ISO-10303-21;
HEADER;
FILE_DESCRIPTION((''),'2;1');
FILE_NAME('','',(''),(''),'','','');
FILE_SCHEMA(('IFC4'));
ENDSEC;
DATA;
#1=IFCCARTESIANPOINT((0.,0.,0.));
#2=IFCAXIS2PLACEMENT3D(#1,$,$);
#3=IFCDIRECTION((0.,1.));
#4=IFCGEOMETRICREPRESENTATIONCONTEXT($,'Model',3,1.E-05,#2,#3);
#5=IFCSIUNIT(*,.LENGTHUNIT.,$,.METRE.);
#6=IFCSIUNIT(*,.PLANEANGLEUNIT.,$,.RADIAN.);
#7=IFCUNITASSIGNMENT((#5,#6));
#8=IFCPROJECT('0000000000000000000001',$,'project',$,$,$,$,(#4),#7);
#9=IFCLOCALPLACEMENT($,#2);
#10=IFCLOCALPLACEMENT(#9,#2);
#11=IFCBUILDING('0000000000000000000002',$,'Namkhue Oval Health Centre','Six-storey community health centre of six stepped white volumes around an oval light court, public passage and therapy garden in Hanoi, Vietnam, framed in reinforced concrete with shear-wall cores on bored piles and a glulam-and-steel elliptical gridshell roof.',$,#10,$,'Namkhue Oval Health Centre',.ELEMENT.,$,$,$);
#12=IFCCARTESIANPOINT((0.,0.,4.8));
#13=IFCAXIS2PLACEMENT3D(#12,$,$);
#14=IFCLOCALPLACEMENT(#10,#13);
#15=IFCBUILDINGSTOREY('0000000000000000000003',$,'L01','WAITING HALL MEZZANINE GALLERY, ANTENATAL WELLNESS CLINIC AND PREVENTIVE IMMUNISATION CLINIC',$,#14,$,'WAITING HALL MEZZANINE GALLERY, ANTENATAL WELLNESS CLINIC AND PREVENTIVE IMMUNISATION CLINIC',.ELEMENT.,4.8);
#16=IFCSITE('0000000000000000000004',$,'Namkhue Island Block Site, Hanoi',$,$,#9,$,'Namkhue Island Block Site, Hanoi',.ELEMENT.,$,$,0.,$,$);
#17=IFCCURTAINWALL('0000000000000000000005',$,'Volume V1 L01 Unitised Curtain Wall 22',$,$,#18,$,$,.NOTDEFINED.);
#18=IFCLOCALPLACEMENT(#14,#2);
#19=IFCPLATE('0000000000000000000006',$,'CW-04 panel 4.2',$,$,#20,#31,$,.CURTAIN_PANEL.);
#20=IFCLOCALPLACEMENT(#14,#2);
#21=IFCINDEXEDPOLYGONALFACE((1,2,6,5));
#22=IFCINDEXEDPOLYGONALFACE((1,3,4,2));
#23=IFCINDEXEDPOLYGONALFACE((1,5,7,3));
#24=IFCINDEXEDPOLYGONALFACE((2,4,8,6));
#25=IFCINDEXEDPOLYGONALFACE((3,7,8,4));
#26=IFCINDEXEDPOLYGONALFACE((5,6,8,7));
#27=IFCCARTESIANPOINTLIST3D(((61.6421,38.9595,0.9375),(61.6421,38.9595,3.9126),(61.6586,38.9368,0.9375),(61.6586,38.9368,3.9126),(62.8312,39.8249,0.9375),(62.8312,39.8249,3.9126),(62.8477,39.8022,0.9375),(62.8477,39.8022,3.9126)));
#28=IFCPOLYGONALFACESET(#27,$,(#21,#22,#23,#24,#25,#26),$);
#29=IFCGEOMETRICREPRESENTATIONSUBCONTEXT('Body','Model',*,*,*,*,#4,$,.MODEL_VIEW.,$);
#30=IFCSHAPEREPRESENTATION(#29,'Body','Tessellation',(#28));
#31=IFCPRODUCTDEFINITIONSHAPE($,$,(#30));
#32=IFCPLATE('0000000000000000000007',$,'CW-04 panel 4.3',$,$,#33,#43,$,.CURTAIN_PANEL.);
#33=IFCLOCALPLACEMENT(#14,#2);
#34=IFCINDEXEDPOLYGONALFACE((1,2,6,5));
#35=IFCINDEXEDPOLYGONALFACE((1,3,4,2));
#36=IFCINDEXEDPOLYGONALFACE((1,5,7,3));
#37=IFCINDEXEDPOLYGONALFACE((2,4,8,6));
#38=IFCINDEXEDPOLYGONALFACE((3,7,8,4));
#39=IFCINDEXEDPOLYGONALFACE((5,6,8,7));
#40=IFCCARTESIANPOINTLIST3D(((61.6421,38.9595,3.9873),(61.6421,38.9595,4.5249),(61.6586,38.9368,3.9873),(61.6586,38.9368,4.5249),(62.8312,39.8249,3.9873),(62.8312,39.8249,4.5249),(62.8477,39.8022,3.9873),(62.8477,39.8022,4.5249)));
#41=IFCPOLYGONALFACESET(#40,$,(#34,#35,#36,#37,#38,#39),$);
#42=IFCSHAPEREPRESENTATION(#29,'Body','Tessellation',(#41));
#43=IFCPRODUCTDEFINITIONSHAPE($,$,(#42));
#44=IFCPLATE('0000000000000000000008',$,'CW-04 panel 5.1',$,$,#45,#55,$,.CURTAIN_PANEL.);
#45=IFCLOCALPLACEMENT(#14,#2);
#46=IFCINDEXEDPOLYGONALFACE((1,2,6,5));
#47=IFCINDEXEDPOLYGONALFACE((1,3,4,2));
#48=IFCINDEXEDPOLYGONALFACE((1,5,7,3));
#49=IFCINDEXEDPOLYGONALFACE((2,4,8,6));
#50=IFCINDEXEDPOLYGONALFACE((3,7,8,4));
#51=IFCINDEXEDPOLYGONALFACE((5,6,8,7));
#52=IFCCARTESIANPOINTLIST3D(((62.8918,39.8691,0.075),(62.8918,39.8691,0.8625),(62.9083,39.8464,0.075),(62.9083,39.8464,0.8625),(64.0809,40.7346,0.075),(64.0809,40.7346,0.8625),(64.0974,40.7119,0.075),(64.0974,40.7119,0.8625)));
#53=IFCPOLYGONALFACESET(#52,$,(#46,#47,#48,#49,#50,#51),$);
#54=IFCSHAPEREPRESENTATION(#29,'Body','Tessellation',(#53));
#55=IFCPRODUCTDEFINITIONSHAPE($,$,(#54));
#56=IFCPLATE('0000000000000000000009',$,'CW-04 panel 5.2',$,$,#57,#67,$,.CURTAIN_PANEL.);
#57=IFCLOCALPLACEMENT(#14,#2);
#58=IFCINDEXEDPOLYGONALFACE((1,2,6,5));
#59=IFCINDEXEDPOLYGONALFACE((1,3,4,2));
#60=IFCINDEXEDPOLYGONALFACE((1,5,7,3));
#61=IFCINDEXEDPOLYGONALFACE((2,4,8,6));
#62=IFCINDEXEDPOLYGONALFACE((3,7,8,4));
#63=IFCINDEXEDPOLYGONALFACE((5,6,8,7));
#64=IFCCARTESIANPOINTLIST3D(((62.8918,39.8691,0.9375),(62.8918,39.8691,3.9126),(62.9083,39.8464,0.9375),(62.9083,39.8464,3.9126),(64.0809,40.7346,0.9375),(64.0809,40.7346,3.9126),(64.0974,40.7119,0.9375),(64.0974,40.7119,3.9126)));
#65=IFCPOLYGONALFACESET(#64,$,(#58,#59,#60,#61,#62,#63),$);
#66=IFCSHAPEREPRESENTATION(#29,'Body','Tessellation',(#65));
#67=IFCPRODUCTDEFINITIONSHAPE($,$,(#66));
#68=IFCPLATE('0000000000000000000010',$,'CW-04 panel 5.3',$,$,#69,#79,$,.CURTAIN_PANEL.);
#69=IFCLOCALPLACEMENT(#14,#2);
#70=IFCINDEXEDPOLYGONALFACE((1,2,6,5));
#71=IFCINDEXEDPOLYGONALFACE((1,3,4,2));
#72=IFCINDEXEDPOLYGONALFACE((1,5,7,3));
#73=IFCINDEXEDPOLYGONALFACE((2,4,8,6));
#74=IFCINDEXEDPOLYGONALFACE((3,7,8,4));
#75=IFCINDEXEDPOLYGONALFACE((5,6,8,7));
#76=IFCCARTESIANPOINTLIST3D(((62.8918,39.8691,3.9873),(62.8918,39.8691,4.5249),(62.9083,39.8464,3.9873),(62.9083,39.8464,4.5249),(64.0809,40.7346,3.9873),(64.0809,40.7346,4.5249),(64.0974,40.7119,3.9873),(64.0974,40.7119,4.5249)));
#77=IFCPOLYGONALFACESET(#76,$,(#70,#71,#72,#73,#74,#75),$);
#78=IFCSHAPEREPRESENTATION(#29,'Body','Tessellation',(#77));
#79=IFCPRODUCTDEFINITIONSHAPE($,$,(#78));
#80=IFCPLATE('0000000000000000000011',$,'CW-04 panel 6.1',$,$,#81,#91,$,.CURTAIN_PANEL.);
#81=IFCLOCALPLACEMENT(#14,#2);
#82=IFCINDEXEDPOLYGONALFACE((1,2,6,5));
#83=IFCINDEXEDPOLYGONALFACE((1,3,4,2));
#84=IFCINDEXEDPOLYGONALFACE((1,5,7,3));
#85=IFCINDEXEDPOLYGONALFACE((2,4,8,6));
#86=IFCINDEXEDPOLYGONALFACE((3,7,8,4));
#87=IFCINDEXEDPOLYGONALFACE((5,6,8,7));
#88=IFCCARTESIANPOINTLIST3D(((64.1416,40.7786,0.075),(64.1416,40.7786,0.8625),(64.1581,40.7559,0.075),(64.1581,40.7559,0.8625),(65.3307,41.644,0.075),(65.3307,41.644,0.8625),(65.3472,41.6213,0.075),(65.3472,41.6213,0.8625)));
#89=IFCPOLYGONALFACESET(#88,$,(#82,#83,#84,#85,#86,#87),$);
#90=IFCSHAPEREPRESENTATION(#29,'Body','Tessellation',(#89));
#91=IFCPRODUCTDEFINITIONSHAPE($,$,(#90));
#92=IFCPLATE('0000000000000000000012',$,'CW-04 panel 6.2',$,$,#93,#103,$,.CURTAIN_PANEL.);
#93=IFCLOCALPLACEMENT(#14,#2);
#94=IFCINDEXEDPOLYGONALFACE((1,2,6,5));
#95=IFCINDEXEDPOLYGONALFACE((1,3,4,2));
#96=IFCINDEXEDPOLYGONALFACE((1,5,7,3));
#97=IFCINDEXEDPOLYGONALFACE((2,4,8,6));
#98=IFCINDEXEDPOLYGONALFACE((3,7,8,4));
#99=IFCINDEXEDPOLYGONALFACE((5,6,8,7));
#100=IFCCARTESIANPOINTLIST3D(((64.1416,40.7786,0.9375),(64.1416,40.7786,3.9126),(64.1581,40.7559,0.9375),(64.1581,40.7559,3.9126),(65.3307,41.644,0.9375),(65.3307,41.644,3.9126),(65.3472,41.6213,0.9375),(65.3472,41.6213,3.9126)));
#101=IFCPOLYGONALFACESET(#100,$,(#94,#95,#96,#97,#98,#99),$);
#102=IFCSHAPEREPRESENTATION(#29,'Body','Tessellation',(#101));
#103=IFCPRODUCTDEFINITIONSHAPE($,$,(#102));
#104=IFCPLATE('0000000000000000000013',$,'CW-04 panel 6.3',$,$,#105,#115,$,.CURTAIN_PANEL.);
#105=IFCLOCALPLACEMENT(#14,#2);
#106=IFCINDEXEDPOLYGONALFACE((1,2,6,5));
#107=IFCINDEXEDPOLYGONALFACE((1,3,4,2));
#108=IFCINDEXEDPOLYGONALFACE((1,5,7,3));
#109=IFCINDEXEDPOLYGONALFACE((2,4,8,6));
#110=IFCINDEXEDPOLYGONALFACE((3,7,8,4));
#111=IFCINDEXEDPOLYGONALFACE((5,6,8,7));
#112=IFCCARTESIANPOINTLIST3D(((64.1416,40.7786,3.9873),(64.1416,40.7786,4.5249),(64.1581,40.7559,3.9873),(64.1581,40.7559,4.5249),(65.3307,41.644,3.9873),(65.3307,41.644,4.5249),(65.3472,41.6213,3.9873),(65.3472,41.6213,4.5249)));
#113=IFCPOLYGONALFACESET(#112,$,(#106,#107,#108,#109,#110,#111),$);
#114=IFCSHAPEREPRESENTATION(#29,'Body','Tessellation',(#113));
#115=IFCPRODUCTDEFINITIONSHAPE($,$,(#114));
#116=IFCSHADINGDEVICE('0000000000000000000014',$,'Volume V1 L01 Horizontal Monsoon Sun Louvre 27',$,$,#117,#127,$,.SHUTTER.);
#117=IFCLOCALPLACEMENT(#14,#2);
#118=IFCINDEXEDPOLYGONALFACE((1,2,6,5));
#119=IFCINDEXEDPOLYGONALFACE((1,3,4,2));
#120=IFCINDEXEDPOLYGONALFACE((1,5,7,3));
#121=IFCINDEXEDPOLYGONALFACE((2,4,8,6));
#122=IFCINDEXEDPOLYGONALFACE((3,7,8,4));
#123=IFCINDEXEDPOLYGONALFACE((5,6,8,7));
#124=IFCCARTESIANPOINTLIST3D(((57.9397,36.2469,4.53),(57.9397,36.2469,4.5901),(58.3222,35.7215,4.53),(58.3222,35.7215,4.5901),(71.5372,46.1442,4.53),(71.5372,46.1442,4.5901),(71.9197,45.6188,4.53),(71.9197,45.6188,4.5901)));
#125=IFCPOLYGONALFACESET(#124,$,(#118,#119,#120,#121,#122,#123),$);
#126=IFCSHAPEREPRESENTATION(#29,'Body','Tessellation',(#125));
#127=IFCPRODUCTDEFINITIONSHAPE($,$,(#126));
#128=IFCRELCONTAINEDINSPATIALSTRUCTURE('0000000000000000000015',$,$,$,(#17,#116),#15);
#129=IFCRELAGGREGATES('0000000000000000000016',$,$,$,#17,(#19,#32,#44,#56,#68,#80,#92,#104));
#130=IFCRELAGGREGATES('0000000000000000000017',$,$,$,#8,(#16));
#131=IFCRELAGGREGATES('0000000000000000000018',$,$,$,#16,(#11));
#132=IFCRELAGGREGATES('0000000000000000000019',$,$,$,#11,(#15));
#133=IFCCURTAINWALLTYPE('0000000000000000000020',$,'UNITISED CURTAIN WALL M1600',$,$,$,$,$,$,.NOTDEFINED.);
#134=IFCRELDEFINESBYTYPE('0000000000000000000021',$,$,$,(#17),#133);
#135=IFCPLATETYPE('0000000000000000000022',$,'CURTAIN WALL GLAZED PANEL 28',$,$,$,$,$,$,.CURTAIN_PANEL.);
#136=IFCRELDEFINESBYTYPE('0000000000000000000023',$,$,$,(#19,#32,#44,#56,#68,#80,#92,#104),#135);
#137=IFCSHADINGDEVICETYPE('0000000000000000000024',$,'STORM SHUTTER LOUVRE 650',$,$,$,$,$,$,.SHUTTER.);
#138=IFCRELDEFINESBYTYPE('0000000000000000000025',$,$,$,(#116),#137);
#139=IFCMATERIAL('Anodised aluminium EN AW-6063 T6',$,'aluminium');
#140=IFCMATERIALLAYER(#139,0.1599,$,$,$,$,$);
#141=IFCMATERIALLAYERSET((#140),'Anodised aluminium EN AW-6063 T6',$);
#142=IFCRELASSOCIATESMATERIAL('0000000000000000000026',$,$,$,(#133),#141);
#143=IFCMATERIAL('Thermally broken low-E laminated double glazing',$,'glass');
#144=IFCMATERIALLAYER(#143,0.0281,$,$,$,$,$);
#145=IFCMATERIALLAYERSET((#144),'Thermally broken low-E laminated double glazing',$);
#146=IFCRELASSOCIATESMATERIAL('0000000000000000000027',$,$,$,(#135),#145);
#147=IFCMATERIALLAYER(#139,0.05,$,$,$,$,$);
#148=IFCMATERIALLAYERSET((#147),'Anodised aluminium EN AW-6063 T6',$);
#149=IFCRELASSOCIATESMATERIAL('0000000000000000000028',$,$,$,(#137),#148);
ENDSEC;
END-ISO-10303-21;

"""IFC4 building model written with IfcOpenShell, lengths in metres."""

from ifc_helpers import new_model, si_unit, direction, frame, origin, origin_2d, place, context, subcontext, project, spatial, rectangle, extrude, material, layer, layer_set, type_object, element, aggregate, save


model = new_model("IFC4")

# Units and contexts
model_context = context("Model", 3, precision=1e-05, world=origin(), true_north=direction((0.0, 1.0)))
body_context = subcontext(model_context, "Body", "Model", "MODEL_VIEW")
ifc_project = project(units=[si_unit("LENGTHUNIT", "METRE"), si_unit("PLANEANGLEUNIT", "RADIAN")], contexts=[model_context])

# Site, building, storey
site_placement = place(None, origin())
site = spatial("IfcSite", under=ifc_project, at=site_placement, Name="Namkhue Island Block Site, Hanoi", LongName="Namkhue Island Block Site, Hanoi", CompositionType="ELEMENT", RefElevation=0.0)
building_placement = place(site_placement, origin())
building = spatial("IfcBuilding", under=site, at=building_placement, Name="Namkhue Oval Health Centre", Description="Six-storey community health centre of six stepped white volumes around an oval light court, public passage and therapy garden in Hanoi, Vietnam, framed in reinforced concrete with shear-wall cores on bored piles and a glulam-and-steel elliptical gridshell roof.", LongName="Namkhue Oval Health Centre", CompositionType="ELEMENT")
storey_placement = place(building_placement, frame((0.0, 0.0, 4.8)))
storey = spatial("IfcBuildingStorey", under=building, at=storey_placement, Name="L01", Description="WAITING HALL MEZZANINE GALLERY, ANTENATAL WELLNESS CLINIC AND PREVENTIVE IMMUNISATION CLINIC", LongName="WAITING HALL MEZZANINE GALLERY, ANTENATAL WELLNESS CLINIC AND PREVENTIVE IMMUNISATION CLINIC", CompositionType="ELEMENT", Elevation=4.8)

# Curtain wall, plates
ifc_material_1 = material(Name="Anodised aluminium EN AW-6063 T6", Category="aluminium")
ifc_layer_1 = layer(ifc_material_1, 0.1599)
ifc_layer_set_1 = layer_set([ifc_layer_1], Name="Anodised aluminium EN AW-6063 T6")
curtain_wall_type = type_object("IfcCurtainWallType", Name="UNITISED CURTAIN WALL M1600", PredefinedType="NOTDEFINED", material=ifc_layer_set_1)
curtain_wall_placement = place(storey_placement, origin())
curtain_wall = element("IfcCurtainWall", 1, at=curtain_wall_placement, inside=storey, type_object=curtain_wall_type, Name="Volume V1 L01 Unitised Curtain Wall 22", PredefinedType="NOTDEFINED")
ifc_material_2 = material(Name="Thermally broken low-E laminated double glazing", Category="glass")
ifc_layer_2 = layer(ifc_material_2, 0.0281)
ifc_layer_set_2 = layer_set([ifc_layer_2], Name="Thermally broken low-E laminated double glazing")
plate_type = type_object("IfcPlateType", Name="CURTAIN WALL GLAZED PANEL 28", PredefinedType="CURTAIN_PANEL", material=ifc_layer_set_2)
plate_1_placement = place(storey_placement, frame((62.2449, 39.3809, 0.9375), z_axis=(0.0, 0.0, 1.0), x_axis=(0.808514, 0.588477, 0.0)))
plate_1 = element("IfcPlate", 2, at=plate_1_placement, type_object=plate_type, Name="CW-04 panel 4.2", PredefinedType="CURTAIN_PANEL", context=body_context, shape_type="SweptSolid", body=[
    extrude(rectangle(XDim=1.4707, YDim=0.0281, at=origin_2d()), origin(), (0.0, 0.0, 1.0), 2.9751),
])
plate_2_placement = place(storey_placement, frame((62.2449, 39.3809, 3.9873), z_axis=(0.0, 0.0, 1.0), x_axis=(0.808514, 0.588477, 0.0)))
plate_2 = element("IfcPlate", 3, at=plate_2_placement, type_object=plate_type, Name="CW-04 panel 4.3", PredefinedType="CURTAIN_PANEL", context=body_context, shape_type="SweptSolid", body=[
    extrude(rectangle(XDim=1.4707, YDim=0.0281, at=origin_2d()), origin(), (0.0, 0.0, 1.0), 0.5376),
])
plate_3_placement = place(storey_placement, frame((63.4946, 40.2905, 0.075), z_axis=(0.0, 0.0, 1.0), x_axis=(0.808514, 0.588477, 0.0)))
plate_3 = element("IfcPlate", 4, at=plate_3_placement, type_object=plate_type, Name="CW-04 panel 5.1", PredefinedType="CURTAIN_PANEL", context=body_context, shape_type="SweptSolid", body=[
    extrude(rectangle(XDim=1.4707, YDim=0.0281, at=origin_2d()), origin(), (0.0, 0.0, 1.0), 0.7876),
])
plate_4_placement = place(storey_placement, frame((63.4946, 40.2905, 0.9375), z_axis=(0.0, 0.0, 1.0), x_axis=(0.808514, 0.588477, 0.0)))
plate_4 = element("IfcPlate", 5, at=plate_4_placement, type_object=plate_type, Name="CW-04 panel 5.2", PredefinedType="CURTAIN_PANEL", context=body_context, shape_type="SweptSolid", body=[
    extrude(rectangle(XDim=1.4707, YDim=0.0281, at=origin_2d()), origin(), (0.0, 0.0, 1.0), 2.9751),
])
plate_5_placement = place(storey_placement, frame((63.4946, 40.2905, 3.9873), z_axis=(0.0, 0.0, 1.0), x_axis=(0.808514, 0.588477, 0.0)))
plate_5 = element("IfcPlate", 6, at=plate_5_placement, type_object=plate_type, Name="CW-04 panel 5.3", PredefinedType="CURTAIN_PANEL", context=body_context, shape_type="SweptSolid", body=[
    extrude(rectangle(XDim=1.4707, YDim=0.0281, at=origin_2d()), origin(), (0.0, 0.0, 1.0), 0.5376),
])
plate_6_placement = place(storey_placement, frame((64.7444, 41.2, 0.075), z_axis=(0.0, 0.0, 1.0), x_axis=(0.808514, 0.588477, 0.0)))
plate_6 = element("IfcPlate", 7, at=plate_6_placement, type_object=plate_type, Name="CW-04 panel 6.1", PredefinedType="CURTAIN_PANEL", context=body_context, shape_type="SweptSolid", body=[
    extrude(rectangle(XDim=1.4707, YDim=0.0281, at=origin_2d()), origin(), (0.0, 0.0, 1.0), 0.7876),
])
plate_7_placement = place(storey_placement, frame((64.7444, 41.2, 0.9375), z_axis=(0.0, 0.0, 1.0), x_axis=(0.808514, 0.588477, 0.0)))
plate_7 = element("IfcPlate", 8, at=plate_7_placement, type_object=plate_type, Name="CW-04 panel 6.2", PredefinedType="CURTAIN_PANEL", context=body_context, shape_type="SweptSolid", body=[
    extrude(rectangle(XDim=1.4707, YDim=0.0281, at=origin_2d()), origin(), (0.0, 0.0, 1.0), 2.9751),
])
plate_8_placement = place(storey_placement, frame((64.7444, 41.2, 3.9873), z_axis=(0.0, 0.0, 1.0), x_axis=(0.808514, 0.588477, 0.0)))
plate_8 = element("IfcPlate", 9, at=plate_8_placement, type_object=plate_type, Name="CW-04 panel 6.3", PredefinedType="CURTAIN_PANEL", context=body_context, shape_type="SweptSolid", body=[
    extrude(rectangle(XDim=1.4707, YDim=0.0281, at=origin_2d()), origin(), (0.0, 0.0, 1.0), 0.5376),
])
aggregate(curtain_wall, [plate_1, plate_2, plate_3, plate_4, plate_5, plate_6, plate_7, plate_8])

# Shading device
ifc_layer_3 = layer(ifc_material_1, 0.05)
ifc_layer_set_3 = layer_set([ifc_layer_3], Name="Anodised aluminium EN AW-6063 T6")
shading_device_type = type_object("IfcShadingDeviceType", Name="STORM SHUTTER LOUVRE 650", PredefinedType="SHUTTER", material=ifc_layer_set_3)
shading_device_placement = place(storey_placement, frame((64.9297, 40.9329, 4.53), z_axis=(0.0, 0.0, 1.0), x_axis=(0.808504, 0.588491, 0.0)))
element("IfcShadingDevice", 10, at=shading_device_placement, inside=storey, type_object=shading_device_type, Name="Volume V1 L01 Horizontal Monsoon Sun Louvre 27", PredefinedType="SHUTTER", context=body_context, shape_type="SweptSolid", body=[
    extrude(rectangle(XDim=16.8181, YDim=0.6499, at=origin_2d()), origin(), (0.0, 0.0, 1.0), 0.0601),
])

save(model, "model.ifc")
